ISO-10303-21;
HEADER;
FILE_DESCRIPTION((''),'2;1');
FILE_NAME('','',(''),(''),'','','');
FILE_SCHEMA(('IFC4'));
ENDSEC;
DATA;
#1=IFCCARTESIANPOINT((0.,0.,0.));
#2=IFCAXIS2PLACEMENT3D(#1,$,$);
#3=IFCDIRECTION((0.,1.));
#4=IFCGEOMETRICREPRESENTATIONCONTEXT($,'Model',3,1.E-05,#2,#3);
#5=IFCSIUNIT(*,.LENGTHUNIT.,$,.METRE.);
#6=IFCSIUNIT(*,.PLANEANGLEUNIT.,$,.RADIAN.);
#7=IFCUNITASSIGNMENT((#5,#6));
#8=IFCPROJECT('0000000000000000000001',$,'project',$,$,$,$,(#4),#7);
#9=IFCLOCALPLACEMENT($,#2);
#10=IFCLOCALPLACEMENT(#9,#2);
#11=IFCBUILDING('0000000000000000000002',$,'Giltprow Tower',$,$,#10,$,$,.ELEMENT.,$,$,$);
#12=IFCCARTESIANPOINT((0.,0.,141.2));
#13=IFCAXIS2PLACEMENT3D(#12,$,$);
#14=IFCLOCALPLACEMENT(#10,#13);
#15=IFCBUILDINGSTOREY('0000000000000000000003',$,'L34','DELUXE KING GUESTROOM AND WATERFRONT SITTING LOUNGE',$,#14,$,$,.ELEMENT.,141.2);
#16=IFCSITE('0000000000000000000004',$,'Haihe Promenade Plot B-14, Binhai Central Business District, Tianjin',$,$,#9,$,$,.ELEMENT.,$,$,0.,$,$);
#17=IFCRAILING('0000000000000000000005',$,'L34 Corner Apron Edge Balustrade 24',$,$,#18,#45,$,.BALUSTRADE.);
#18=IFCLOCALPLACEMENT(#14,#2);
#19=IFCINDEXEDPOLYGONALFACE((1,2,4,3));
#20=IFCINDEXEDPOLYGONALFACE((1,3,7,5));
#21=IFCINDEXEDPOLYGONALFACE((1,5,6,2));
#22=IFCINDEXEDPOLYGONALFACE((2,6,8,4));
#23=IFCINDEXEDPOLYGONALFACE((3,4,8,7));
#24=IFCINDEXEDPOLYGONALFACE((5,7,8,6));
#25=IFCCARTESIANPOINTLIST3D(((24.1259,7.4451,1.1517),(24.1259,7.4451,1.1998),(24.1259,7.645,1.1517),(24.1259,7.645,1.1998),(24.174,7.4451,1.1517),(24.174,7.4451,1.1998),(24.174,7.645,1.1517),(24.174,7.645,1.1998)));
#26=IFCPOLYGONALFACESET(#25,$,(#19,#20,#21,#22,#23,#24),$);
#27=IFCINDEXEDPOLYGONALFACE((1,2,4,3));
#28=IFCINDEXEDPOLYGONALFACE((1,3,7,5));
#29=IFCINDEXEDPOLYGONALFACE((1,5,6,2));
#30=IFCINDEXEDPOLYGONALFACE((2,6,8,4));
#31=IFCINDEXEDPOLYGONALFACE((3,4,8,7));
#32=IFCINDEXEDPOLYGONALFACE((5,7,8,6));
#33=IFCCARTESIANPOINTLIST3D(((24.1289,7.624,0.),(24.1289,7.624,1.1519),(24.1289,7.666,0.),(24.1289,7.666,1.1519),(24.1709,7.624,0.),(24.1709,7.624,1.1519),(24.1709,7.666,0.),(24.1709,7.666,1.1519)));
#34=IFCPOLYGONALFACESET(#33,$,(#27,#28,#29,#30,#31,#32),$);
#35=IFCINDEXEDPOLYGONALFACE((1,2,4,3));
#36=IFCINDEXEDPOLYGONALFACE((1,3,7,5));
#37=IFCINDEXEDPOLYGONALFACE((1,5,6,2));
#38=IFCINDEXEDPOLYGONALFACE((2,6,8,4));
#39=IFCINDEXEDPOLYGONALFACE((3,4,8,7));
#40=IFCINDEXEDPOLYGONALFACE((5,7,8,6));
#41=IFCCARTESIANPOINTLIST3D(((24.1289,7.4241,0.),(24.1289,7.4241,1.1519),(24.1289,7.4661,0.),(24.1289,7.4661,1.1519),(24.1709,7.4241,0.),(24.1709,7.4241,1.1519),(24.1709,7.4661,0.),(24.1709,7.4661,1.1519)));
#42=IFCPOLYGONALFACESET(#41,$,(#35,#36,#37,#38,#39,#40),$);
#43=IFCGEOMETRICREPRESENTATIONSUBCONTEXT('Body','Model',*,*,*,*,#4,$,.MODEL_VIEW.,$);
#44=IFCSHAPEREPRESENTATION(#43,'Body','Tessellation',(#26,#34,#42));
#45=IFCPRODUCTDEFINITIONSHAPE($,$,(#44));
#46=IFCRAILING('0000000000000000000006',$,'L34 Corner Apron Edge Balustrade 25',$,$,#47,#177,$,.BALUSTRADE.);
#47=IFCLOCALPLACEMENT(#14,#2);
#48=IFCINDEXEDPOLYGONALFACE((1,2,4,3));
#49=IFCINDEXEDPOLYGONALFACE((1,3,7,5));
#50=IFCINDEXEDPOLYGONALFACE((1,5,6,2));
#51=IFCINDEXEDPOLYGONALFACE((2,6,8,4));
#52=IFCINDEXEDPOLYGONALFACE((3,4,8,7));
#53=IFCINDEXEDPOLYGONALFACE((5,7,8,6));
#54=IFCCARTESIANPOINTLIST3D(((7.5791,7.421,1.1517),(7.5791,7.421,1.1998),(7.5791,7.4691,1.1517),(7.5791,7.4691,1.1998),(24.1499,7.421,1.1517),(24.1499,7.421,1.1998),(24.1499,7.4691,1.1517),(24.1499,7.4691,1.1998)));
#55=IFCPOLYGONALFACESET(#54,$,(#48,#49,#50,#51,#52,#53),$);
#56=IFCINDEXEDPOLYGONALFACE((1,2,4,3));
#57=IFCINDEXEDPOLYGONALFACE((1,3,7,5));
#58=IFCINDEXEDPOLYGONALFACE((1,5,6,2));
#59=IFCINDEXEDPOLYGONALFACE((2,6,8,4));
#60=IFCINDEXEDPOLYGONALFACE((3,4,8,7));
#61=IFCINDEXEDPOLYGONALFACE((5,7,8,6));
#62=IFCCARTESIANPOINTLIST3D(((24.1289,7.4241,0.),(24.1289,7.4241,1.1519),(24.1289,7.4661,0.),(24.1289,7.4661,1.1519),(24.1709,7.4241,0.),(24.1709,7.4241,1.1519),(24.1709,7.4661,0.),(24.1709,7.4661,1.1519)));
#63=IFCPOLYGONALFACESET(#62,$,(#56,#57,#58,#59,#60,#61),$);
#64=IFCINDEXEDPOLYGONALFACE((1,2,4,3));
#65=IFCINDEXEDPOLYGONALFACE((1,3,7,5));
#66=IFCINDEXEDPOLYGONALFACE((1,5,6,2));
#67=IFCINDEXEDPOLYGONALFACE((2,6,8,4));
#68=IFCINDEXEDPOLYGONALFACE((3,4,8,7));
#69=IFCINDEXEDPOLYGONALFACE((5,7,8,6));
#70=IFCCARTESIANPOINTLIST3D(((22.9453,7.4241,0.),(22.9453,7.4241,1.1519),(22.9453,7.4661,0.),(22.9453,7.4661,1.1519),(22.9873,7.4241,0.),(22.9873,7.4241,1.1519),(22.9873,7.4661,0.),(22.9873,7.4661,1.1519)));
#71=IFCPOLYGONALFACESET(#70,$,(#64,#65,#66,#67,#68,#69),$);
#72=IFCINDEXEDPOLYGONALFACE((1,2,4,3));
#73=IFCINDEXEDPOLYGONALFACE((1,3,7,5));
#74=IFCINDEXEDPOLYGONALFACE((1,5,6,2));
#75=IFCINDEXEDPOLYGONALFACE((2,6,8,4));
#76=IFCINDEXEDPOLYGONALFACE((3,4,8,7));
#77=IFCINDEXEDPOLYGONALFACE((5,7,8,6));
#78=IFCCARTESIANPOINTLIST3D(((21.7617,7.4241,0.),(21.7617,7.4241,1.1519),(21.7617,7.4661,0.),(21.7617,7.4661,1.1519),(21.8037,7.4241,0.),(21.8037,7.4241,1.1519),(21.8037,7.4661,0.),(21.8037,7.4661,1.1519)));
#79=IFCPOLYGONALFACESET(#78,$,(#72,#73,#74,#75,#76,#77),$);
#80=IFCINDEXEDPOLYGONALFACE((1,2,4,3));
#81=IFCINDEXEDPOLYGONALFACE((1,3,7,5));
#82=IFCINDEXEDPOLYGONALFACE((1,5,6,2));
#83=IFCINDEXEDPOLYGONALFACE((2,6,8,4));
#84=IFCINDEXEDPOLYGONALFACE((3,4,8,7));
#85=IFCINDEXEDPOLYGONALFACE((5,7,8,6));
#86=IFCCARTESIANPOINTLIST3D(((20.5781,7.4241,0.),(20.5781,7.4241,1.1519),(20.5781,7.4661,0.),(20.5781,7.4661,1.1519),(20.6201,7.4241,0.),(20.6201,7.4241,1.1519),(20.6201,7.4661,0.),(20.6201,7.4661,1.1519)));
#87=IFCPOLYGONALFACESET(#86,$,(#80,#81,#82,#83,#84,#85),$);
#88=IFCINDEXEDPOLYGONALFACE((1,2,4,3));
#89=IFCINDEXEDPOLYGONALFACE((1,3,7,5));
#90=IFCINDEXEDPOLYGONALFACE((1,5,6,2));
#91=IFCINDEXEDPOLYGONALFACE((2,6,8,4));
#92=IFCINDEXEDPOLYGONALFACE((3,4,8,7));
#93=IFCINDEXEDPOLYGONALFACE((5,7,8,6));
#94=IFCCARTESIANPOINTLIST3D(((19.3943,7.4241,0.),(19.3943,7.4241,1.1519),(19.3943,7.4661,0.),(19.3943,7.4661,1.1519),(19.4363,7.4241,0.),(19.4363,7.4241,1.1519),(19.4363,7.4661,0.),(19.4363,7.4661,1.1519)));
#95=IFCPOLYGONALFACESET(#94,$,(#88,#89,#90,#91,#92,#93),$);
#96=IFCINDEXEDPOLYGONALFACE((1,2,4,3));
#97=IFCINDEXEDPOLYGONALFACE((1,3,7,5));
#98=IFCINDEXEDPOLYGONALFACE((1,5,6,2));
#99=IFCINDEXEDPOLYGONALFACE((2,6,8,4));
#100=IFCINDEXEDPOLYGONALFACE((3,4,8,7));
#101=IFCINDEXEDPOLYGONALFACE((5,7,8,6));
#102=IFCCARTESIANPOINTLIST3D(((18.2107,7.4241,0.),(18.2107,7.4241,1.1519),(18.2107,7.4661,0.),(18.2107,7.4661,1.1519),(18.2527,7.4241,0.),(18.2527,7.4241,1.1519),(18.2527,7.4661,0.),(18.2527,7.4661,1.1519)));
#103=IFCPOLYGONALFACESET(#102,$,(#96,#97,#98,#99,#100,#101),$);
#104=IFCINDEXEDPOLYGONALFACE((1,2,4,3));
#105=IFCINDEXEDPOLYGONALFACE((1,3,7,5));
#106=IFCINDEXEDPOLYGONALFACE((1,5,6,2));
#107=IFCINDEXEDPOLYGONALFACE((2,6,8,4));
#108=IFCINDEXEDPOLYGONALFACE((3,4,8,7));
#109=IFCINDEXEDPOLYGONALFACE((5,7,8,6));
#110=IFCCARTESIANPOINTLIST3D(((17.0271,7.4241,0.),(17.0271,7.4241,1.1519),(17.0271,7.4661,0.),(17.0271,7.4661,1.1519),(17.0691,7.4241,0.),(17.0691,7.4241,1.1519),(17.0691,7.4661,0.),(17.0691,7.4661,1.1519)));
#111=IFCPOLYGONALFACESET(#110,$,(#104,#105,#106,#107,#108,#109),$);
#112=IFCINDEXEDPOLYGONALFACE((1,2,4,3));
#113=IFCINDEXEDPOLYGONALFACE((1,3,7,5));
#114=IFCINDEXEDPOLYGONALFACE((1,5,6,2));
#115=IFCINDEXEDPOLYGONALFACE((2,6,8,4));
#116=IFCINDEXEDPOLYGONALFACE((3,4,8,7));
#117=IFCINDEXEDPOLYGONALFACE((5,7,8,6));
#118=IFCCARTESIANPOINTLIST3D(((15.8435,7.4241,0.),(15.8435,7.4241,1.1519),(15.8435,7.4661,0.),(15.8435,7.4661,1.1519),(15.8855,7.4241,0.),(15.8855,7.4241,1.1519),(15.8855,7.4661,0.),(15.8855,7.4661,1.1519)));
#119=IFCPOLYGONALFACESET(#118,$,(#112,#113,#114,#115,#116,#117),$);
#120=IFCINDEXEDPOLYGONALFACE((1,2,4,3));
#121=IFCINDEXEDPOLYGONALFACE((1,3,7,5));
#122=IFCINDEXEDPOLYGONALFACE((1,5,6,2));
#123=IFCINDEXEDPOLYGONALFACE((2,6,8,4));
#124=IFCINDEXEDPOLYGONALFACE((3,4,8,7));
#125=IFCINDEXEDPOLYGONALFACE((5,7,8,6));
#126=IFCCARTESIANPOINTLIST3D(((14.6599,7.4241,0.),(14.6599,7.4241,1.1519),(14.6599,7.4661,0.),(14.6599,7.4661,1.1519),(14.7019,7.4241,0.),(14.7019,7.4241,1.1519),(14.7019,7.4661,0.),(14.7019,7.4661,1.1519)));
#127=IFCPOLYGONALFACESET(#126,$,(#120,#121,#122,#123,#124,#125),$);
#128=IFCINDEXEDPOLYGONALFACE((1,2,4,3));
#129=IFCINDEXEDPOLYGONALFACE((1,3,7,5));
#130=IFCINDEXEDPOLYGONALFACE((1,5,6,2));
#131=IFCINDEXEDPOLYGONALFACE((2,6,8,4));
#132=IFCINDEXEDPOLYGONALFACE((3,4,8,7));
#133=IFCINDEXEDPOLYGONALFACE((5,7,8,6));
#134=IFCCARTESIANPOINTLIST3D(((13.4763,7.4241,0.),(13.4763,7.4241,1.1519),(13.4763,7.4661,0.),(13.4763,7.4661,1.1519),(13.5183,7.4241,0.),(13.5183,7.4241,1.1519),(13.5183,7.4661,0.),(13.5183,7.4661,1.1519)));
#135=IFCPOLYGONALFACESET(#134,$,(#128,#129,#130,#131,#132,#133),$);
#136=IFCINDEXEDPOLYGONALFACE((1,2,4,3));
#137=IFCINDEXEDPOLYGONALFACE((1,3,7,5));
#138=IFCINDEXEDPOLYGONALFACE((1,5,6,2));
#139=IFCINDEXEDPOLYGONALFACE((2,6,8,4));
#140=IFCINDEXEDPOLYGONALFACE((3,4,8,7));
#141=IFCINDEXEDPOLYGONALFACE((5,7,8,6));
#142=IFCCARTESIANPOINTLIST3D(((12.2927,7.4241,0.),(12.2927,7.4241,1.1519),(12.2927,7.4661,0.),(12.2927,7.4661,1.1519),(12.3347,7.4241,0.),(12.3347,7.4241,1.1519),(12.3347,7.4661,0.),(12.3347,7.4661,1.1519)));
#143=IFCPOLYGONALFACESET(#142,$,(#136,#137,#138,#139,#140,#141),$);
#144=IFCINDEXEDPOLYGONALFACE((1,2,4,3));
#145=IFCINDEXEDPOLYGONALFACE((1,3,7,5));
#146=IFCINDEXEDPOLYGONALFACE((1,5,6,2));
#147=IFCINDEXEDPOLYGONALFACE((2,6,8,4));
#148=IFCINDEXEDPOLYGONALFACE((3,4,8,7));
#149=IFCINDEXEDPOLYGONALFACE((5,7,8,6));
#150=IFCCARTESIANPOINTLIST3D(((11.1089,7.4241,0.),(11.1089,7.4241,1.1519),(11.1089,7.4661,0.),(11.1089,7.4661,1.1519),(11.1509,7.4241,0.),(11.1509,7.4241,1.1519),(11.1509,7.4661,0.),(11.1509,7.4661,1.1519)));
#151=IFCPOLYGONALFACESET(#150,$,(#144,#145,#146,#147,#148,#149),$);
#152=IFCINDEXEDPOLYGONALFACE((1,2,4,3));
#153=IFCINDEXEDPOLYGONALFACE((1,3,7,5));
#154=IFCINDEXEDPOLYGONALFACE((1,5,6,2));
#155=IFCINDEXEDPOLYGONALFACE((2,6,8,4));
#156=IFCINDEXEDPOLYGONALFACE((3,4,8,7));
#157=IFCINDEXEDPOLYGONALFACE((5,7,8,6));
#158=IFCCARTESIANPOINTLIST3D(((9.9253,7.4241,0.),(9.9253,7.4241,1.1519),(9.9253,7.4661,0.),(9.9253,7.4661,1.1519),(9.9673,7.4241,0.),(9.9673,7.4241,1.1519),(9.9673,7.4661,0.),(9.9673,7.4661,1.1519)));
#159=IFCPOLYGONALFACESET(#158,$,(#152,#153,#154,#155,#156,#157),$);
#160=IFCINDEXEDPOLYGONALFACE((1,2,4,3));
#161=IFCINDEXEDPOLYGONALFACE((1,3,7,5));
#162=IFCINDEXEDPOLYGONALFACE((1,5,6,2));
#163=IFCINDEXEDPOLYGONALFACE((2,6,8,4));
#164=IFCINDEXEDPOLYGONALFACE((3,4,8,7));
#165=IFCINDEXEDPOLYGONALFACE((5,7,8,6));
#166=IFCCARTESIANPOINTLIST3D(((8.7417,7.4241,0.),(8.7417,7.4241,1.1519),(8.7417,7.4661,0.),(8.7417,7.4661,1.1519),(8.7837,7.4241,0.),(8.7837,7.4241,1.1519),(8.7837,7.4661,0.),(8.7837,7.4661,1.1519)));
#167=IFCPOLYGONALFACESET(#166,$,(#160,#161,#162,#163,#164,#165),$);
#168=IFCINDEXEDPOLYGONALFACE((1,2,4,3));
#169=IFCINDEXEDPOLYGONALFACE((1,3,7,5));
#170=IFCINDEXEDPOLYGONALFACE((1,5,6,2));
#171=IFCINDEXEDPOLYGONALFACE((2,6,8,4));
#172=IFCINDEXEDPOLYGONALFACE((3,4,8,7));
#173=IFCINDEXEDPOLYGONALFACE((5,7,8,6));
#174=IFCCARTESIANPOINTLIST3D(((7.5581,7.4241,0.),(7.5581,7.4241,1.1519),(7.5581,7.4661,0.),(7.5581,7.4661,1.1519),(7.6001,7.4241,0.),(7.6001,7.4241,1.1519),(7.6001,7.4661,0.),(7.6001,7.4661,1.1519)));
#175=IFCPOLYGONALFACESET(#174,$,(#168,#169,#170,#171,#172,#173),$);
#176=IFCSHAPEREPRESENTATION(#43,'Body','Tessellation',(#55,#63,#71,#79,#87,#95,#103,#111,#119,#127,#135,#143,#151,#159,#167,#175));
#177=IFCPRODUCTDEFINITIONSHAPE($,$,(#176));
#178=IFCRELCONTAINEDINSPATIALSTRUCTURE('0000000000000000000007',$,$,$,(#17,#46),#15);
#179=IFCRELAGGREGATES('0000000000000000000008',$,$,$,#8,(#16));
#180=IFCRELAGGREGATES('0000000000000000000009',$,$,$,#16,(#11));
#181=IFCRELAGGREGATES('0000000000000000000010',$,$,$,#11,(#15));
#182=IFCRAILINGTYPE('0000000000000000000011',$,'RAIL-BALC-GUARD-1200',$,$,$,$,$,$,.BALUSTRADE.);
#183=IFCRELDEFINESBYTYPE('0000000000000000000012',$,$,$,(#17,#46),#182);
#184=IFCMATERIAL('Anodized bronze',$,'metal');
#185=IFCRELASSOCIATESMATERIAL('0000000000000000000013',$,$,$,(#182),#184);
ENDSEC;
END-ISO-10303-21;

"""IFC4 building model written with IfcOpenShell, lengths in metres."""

from ifc_helpers import new_model, si_unit, direction, frame, origin, origin_2d, place, context, subcontext, project, spatial, rectangle, extrude, material, type_object, element, save


model = new_model("IFC4")

# Units and contexts
model_context = context("Model", 3, precision=1e-05, world=origin(), true_north=direction((0.0, 1.0)))
body_context = subcontext(model_context, "Body", "Model", "MODEL_VIEW")
ifc_project = project(units=[si_unit("LENGTHUNIT", "METRE"), si_unit("PLANEANGLEUNIT", "RADIAN")], contexts=[model_context])

# Site, building, storey
site_placement = place(None, origin())
site = spatial("IfcSite", under=ifc_project, at=site_placement, Name="Haihe Promenade Plot B-14, Binhai Central Business District, Tianjin", CompositionType="ELEMENT", RefElevation=0.0)
building_placement = place(site_placement, origin())
building = spatial("IfcBuilding", under=site, at=building_placement, Name="Giltprow Tower", CompositionType="ELEMENT")
storey_placement = place(building_placement, frame((0.0, 0.0, 141.2)))
storey = spatial("IfcBuildingStorey", under=building, at=storey_placement, Name="L34", Description="DELUXE KING GUESTROOM AND WATERFRONT SITTING LOUNGE", CompositionType="ELEMENT", Elevation=141.2)

# Railings
ifc_material_1 = material(Name="Anodized bronze", Category="metal")
railing_type = type_object("IfcRailingType", Name="RAIL-BALC-GUARD-1200", PredefinedType="BALUSTRADE", material=ifc_material_1)
railing_1_placement = place(storey_placement, frame((24.1499, 7.645, 0.0)))
element("IfcRailing", 1, at=railing_1_placement, inside=storey, type_object=railing_type, Name="L34 Corner Apron Edge Balustrade 24", PredefinedType="BALUSTRADE", context=body_context, shape_type="SweptSolid", body=[
    extrude(rectangle(XDim=0.0481, YDim=0.0481, at=origin_2d()), frame((0.0, 0.0, 1.1758), z_axis=(0.0, -1.0, 0.0), x_axis=(1.0, 0.0, 0.0)), (0.0, 0.0, 1.0), 0.2),
    extrude(rectangle(XDim=0.042, YDim=0.042, at=origin_2d()), origin(), (0.0, 0.0, 1.0), 1.1519),
    extrude(rectangle(XDim=0.042, YDim=0.042, at=origin_2d()), frame((0.0, -0.2, 0.0)), (0.0, 0.0, 1.0), 1.1519),
])
railing_2_placement = place(storey_placement, frame((24.1499, 7.4451, 0.0)))
element("IfcRailing", 2, at=railing_2_placement, inside=storey, type_object=railing_type, Name="L34 Corner Apron Edge Balustrade 25", PredefinedType="BALUSTRADE", context=body_context, shape_type="SweptSolid", body=[
    extrude(rectangle(XDim=0.0481, YDim=0.0481, at=origin_2d()), frame((0.0, 0.0, 1.1758), z_axis=(-1.0, 0.0, 0.0), x_axis=(0.0, -1.0, 0.0)), (0.0, 0.0, 1.0), 16.5708),
    extrude(rectangle(XDim=0.042, YDim=0.042, at=origin_2d()), origin(), (0.0, 0.0, 1.0), 1.1519),
    extrude(rectangle(XDim=0.042, YDim=0.042, at=origin_2d()), frame((-1.1836, 0.0, 0.0)), (0.0, 0.0, 1.0), 1.1519),
    extrude(rectangle(XDim=0.042, YDim=0.042, at=origin_2d()), frame((-2.3672, 0.0, 0.0)), (0.0, 0.0, 1.0), 1.1519),
    extrude(rectangle(XDim=0.042, YDim=0.042, at=origin_2d()), frame((-3.5508, 0.0, 0.0)), (0.0, 0.0, 1.0), 1.1519),
    extrude(rectangle(XDim=0.042, YDim=0.042, at=origin_2d()), frame((-4.7346, 0.0, 0.0)), (0.0, 0.0, 1.0), 1.1519),
    extrude(rectangle(XDim=0.042, YDim=0.042, at=origin_2d()), frame((-5.9182, 0.0, 0.0)), (0.0, 0.0, 1.0), 1.1519),
    extrude(rectangle(XDim=0.042, YDim=0.042, at=origin_2d()), frame((-7.1018, 0.0, 0.0)), (0.0, 0.0, 1.0), 1.1519),
    extrude(rectangle(XDim=0.042, YDim=0.042, at=origin_2d()), frame((-8.2854, 0.0, 0.0)), (0.0, 0.0, 1.0), 1.1519),
    extrude(rectangle(XDim=0.042, YDim=0.042, at=origin_2d()), frame((-9.469, 0.0, 0.0)), (0.0, 0.0, 1.0), 1.1519),
    extrude(rectangle(XDim=0.042, YDim=0.042, at=origin_2d()), frame((-10.6526, 0.0, 0.0)), (0.0, 0.0, 1.0), 1.1519),
    extrude(rectangle(XDim=0.042, YDim=0.042, at=origin_2d()), frame((-11.8362, 0.0, 0.0)), (0.0, 0.0, 1.0), 1.1519),
    extrude(rectangle(XDim=0.042, YDim=0.042, at=origin_2d()), frame((-13.02, 0.0, 0.0)), (0.0, 0.0, 1.0), 1.1519),
    extrude(rectangle(XDim=0.042, YDim=0.042, at=origin_2d()), frame((-14.2036, 0.0, 0.0)), (0.0, 0.0, 1.0), 1.1519),
    extrude(rectangle(XDim=0.042, YDim=0.042, at=origin_2d()), frame((-15.3872, 0.0, 0.0)), (0.0, 0.0, 1.0), 1.1519),
    extrude(rectangle(XDim=0.042, YDim=0.042, at=origin_2d()), frame((-16.5708, 0.0, 0.0)), (0.0, 0.0, 1.0), 1.1519),
])

save(model, "model.ifc")
